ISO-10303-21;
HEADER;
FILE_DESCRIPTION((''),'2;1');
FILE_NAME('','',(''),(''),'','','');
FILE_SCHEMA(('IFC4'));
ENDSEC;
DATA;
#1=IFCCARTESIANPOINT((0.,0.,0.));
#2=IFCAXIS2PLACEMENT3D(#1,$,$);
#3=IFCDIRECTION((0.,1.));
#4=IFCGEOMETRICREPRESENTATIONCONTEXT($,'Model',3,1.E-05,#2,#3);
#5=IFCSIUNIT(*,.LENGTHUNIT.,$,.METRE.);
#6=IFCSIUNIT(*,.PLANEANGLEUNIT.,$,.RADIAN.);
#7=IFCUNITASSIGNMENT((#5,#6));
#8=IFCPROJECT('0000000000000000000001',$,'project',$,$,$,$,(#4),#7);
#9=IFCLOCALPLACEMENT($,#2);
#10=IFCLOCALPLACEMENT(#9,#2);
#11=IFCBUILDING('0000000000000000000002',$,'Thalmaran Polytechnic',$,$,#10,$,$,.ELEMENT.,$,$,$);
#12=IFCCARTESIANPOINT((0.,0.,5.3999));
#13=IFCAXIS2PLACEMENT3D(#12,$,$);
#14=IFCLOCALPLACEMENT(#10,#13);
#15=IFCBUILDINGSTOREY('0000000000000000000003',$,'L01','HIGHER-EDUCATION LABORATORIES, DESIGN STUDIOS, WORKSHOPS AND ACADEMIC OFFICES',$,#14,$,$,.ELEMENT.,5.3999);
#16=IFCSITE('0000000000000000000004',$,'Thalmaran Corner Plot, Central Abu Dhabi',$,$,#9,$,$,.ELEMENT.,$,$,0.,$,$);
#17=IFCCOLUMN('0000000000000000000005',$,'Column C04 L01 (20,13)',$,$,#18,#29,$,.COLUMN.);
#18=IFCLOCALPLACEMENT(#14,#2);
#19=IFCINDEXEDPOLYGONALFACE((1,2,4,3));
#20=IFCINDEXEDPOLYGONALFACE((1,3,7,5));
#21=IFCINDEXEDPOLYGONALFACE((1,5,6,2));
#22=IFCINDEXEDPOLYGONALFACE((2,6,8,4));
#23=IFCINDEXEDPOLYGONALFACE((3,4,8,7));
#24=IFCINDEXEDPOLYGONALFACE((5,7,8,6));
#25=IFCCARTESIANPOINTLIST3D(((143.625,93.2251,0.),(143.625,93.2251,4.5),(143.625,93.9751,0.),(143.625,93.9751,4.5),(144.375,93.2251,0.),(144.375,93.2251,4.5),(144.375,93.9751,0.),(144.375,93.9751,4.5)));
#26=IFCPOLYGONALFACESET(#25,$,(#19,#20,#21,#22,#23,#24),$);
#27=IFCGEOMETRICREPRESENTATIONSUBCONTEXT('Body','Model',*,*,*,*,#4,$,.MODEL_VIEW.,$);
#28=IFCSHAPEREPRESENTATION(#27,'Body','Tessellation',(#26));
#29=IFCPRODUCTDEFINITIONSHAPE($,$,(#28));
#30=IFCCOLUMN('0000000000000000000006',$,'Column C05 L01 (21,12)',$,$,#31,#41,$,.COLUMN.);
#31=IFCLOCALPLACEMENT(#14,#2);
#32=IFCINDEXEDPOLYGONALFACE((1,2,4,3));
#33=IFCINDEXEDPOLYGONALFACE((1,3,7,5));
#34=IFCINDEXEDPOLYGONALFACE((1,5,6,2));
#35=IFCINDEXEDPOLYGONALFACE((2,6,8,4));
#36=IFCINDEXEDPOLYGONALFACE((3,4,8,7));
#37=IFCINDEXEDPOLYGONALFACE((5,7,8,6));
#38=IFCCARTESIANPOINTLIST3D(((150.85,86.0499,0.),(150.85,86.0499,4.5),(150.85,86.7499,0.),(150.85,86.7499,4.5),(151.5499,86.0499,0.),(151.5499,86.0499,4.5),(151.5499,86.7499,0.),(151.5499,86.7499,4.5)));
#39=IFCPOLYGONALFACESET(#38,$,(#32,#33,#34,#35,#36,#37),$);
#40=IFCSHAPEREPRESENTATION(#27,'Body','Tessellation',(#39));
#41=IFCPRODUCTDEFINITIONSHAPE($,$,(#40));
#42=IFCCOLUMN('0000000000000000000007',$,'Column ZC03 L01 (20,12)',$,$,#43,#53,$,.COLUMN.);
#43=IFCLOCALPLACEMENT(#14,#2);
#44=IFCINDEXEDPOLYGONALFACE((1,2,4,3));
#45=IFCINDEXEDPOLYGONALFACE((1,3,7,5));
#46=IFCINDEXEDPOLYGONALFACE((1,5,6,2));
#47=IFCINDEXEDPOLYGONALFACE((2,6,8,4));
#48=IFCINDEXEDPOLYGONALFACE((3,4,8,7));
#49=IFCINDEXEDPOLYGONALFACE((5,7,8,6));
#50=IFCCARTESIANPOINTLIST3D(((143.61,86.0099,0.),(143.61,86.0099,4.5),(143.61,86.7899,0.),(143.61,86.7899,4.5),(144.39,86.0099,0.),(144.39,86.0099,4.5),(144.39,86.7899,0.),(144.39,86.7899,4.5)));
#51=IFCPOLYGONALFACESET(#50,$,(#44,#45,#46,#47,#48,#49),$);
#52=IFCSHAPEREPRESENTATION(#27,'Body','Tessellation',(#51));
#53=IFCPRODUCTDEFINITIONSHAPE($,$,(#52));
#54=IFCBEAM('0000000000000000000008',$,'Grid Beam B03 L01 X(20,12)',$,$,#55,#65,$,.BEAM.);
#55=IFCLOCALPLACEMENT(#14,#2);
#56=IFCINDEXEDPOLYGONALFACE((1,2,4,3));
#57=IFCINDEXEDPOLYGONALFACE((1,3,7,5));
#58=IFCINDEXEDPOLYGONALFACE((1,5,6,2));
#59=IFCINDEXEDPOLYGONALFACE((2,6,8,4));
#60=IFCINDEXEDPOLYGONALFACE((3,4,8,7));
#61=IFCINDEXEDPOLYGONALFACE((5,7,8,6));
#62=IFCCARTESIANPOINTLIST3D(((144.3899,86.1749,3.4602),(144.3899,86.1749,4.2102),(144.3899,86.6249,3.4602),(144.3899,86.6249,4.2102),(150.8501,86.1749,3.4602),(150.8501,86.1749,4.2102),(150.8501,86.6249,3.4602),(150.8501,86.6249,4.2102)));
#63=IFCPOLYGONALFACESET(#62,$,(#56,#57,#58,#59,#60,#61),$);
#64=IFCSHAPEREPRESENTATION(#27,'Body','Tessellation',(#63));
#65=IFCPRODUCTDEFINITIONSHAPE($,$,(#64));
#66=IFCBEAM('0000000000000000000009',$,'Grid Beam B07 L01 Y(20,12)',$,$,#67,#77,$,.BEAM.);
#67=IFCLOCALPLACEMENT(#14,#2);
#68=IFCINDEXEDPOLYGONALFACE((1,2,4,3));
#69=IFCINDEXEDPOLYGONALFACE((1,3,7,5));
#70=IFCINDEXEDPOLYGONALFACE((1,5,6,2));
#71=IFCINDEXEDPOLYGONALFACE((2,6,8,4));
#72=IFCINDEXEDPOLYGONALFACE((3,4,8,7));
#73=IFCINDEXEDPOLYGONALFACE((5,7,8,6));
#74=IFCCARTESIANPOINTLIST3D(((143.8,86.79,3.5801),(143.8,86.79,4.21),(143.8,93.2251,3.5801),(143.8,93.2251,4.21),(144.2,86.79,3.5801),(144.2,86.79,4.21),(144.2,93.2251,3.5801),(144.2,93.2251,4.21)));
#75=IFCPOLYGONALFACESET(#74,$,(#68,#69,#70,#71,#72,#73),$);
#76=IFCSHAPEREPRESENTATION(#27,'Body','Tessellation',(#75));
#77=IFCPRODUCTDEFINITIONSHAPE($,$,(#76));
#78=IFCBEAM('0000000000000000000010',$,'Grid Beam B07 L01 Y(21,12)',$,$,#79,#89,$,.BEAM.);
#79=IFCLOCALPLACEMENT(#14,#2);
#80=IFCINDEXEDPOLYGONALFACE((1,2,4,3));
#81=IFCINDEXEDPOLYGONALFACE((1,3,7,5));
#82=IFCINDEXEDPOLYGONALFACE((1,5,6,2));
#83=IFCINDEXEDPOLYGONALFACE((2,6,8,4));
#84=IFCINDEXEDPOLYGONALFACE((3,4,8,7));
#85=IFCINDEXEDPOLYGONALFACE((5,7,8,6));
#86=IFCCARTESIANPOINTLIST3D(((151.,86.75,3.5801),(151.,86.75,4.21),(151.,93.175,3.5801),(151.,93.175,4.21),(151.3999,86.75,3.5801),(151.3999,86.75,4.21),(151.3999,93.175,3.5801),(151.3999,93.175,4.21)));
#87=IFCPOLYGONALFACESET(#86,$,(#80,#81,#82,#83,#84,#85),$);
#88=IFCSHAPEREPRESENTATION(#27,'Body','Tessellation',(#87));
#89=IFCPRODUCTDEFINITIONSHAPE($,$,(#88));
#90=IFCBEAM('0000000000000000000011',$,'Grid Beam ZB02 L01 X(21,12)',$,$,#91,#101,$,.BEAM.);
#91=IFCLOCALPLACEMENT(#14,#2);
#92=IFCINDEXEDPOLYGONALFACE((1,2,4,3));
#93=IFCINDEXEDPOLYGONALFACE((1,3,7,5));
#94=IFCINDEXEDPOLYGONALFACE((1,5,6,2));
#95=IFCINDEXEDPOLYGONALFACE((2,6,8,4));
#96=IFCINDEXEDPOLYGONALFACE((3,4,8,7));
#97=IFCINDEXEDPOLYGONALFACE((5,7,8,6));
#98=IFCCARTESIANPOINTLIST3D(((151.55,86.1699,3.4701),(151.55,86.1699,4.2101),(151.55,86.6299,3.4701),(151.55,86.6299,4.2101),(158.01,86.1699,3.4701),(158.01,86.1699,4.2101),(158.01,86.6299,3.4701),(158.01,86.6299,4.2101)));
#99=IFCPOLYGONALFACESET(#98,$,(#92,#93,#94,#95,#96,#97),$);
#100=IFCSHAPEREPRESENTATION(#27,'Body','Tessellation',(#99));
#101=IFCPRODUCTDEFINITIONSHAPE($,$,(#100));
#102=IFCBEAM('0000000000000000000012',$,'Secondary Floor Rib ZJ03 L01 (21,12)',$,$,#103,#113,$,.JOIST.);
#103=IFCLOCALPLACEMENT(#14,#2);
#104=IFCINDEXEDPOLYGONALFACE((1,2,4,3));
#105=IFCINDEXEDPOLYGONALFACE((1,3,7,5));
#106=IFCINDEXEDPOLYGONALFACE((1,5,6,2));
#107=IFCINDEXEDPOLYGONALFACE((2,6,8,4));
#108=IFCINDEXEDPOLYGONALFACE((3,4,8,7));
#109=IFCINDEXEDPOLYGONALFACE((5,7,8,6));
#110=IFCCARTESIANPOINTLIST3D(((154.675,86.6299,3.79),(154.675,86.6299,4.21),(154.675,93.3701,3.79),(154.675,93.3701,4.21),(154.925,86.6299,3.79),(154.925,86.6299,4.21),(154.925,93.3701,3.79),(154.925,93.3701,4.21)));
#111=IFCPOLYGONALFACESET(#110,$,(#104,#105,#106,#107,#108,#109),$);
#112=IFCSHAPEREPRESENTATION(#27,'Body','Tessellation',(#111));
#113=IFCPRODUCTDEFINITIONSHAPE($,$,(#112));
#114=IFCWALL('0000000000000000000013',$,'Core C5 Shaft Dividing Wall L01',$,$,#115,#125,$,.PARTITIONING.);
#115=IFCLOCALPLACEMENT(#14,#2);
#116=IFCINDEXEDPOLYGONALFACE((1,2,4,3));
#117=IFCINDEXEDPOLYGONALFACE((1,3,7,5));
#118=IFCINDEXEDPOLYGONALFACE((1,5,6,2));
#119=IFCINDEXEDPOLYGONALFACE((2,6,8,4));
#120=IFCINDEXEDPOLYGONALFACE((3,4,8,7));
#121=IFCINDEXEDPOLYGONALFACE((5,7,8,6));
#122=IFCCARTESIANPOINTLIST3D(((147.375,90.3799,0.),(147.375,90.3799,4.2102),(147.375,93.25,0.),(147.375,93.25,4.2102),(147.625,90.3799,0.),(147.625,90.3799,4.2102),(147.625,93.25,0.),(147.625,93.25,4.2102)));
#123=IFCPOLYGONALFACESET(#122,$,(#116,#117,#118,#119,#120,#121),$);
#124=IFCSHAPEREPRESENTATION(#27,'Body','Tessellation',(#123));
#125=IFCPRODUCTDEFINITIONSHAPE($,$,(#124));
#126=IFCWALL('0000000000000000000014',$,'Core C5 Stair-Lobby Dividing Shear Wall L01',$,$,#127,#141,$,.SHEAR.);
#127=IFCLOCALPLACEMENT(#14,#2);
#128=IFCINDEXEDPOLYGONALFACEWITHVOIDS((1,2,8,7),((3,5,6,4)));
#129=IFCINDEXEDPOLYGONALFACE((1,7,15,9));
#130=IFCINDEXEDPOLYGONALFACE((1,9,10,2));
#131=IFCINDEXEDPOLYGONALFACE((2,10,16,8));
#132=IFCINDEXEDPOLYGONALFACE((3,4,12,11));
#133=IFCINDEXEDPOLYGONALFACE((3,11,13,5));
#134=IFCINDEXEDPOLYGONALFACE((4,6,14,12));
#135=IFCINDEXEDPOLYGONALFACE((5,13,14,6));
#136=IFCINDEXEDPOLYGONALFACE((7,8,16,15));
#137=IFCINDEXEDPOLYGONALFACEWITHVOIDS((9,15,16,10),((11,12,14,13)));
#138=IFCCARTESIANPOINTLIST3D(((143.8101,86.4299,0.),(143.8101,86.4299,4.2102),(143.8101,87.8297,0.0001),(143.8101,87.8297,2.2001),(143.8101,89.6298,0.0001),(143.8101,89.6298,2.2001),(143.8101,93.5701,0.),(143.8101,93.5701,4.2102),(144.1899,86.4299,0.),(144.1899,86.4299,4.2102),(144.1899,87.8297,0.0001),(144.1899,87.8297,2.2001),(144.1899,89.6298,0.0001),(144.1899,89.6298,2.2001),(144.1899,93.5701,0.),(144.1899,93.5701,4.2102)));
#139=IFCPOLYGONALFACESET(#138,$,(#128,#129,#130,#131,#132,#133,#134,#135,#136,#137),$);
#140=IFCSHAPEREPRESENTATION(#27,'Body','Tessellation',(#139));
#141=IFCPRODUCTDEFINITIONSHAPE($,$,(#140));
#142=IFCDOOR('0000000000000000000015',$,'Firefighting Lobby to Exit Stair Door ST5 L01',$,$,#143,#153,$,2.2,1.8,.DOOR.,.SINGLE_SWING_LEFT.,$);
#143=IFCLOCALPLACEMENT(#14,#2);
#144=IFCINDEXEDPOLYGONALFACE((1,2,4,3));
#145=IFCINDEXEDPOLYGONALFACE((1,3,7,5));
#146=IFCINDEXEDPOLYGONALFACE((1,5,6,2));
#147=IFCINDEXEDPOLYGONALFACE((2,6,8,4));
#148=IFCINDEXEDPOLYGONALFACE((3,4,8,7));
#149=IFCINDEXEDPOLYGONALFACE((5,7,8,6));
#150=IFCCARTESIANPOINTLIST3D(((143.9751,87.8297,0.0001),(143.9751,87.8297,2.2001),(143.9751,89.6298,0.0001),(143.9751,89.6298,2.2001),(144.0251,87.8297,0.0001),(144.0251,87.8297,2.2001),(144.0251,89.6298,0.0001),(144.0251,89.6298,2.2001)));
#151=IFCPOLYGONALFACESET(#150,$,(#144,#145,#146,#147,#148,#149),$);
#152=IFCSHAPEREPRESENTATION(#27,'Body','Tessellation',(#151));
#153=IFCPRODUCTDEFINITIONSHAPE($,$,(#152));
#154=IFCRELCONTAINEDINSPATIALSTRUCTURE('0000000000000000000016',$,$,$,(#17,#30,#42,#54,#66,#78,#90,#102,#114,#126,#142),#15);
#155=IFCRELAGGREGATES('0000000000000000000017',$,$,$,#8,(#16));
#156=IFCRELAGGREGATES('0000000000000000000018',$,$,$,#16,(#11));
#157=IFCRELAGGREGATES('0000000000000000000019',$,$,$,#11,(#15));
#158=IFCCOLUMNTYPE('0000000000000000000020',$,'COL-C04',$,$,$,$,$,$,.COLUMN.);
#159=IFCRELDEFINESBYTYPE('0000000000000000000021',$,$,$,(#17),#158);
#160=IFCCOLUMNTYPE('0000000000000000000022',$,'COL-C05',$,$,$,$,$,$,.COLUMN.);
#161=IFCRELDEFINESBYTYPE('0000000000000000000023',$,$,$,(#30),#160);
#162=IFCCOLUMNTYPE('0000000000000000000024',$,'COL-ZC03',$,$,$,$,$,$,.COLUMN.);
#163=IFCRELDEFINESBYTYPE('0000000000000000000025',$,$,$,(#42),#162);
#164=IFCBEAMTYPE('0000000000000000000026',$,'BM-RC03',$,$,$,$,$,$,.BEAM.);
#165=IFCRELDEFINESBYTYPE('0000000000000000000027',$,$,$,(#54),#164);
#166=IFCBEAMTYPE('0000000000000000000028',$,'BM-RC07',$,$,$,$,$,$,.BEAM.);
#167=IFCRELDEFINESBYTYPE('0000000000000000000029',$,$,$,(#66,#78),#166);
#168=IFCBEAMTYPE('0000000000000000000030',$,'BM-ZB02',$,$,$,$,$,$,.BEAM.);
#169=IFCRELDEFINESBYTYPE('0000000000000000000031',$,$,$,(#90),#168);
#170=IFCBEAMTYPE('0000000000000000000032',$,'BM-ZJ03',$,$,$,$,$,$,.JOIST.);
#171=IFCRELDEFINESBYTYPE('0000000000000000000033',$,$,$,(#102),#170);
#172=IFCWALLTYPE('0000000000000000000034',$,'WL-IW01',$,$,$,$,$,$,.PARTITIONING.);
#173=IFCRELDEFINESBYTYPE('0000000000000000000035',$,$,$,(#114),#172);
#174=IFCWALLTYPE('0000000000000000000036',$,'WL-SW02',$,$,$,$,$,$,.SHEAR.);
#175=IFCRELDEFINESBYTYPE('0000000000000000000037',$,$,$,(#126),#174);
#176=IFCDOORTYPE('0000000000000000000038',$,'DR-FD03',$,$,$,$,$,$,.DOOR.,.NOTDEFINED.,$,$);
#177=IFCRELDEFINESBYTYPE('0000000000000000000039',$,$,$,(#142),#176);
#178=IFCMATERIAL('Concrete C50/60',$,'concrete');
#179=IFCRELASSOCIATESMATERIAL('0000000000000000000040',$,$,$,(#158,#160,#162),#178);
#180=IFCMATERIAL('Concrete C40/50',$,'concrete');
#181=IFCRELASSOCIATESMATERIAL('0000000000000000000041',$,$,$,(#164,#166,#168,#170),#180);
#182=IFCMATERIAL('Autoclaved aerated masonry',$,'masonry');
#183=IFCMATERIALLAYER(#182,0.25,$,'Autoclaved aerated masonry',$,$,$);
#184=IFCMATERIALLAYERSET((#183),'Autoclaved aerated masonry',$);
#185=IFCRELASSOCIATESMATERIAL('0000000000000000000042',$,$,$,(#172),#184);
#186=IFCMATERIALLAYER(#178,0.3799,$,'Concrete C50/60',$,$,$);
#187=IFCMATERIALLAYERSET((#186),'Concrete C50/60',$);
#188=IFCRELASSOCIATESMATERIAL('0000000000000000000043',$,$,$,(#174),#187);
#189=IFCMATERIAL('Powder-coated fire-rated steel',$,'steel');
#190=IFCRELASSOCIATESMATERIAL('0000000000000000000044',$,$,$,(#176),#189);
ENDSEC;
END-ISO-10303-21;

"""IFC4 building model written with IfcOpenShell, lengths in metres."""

from ifc_helpers import new_model, si_unit, direction, frame, frame_2d, origin, origin_2d, place, context, subcontext, project, spatial, rectangle, extrude, material, layer, layer_set, material_profile, profile_set, type_object, element, fill, save


model = new_model("IFC4")

# Units and contexts
model_context = context("Model", 3, precision=1e-05, world=origin(), true_north=direction((0.0, 1.0)))
body_context = subcontext(model_context, "Body", "Model", "MODEL_VIEW")
ifc_project = project(units=[si_unit("LENGTHUNIT", "METRE"), si_unit("PLANEANGLEUNIT", "RADIAN")], contexts=[model_context])

# Site, building, storey
site_placement = place(None, origin())
site = spatial("IfcSite", under=ifc_project, at=site_placement, Name="Thalmaran Corner Plot, Central Abu Dhabi", CompositionType="ELEMENT", RefElevation=0.0)
building_placement = place(site_placement, origin())
building = spatial("IfcBuilding", under=site, at=building_placement, Name="Thalmaran Polytechnic", CompositionType="ELEMENT")
storey_placement = place(building_placement, frame((0.0, 0.0, 5.3999)))
storey = spatial("IfcBuildingStorey", under=building, at=storey_placement, Name="L01", Description="HIGHER-EDUCATION LABORATORIES, DESIGN STUDIOS, WORKSHOPS AND ACADEMIC OFFICES", CompositionType="ELEMENT", Elevation=5.3999)

# Columns
ifc_material_1 = material(Name="Concrete C50/60", Category="concrete")
ifc_material_profile_1 = material_profile(ifc_material_1, rectangle(XDim=0.75, YDim=0.75, at=origin_2d()), Name="RC 750x750")
ifc_profile_set_1 = profile_set([ifc_material_profile_1], Name="Concrete C50/60")
column_type_1 = type_object("IfcColumnType", Name="COL-C04", PredefinedType="COLUMN", material=ifc_profile_set_1)
column_1_placement = place(storey_placement, frame((144.0, 93.6001, 0.0), z_axis=(0.0, 0.0, 1.0), x_axis=(1.0, 0.0, 0.0)))
element("IfcColumn", 1, at=column_1_placement, inside=storey, type_object=column_type_1, Name="Column C04 L01 (20,13)", PredefinedType="COLUMN", context=body_context, shape_type="SweptSolid", body=[
    extrude(rectangle(XDim=0.75, YDim=0.75, at=origin_2d()), origin(), (0.0, 0.0, 1.0), 4.5),
])
ifc_material_profile_2 = material_profile(ifc_material_1, rectangle(XDim=0.7, YDim=0.7, at=origin_2d()), Name="RC 700x700")
ifc_profile_set_2 = profile_set([ifc_material_profile_2], Name="Concrete C50/60")
column_type_2 = type_object("IfcColumnType", Name="COL-C05", PredefinedType="COLUMN", material=ifc_profile_set_2)
column_2_placement = place(storey_placement, frame((151.2, 86.3999, 0.0), z_axis=(0.0, 0.0, 1.0), x_axis=(1.0, 0.0, 0.0)))
element("IfcColumn", 2, at=column_2_placement, inside=storey, type_object=column_type_2, Name="Column C05 L01 (21,12)", PredefinedType="COLUMN", context=body_context, shape_type="SweptSolid", body=[
    extrude(rectangle(XDim=0.7, YDim=0.7, at=origin_2d()), origin(), (0.0, 0.0, 1.0), 4.5),
])
ifc_material_profile_3 = material_profile(ifc_material_1, rectangle(XDim=0.78, YDim=0.78, at=origin_2d()), Name="RC 780x780")
ifc_profile_set_3 = profile_set([ifc_material_profile_3], Name="Concrete C50/60")
column_type_3 = type_object("IfcColumnType", Name="COL-ZC03", PredefinedType="COLUMN", material=ifc_profile_set_3)
column_3_placement = place(storey_placement, frame((144.0, 86.3999, 0.0), z_axis=(0.0, 0.0, 1.0), x_axis=(1.0, 0.0, 0.0)))
element("IfcColumn", 3, at=column_3_placement, inside=storey, type_object=column_type_3, Name="Column ZC03 L01 (20,12)", PredefinedType="COLUMN", context=body_context, shape_type="SweptSolid", body=[
    extrude(rectangle(XDim=0.78, YDim=0.78, at=origin_2d()), origin(), (0.0, 0.0, 1.0), 4.5),
])

# Beams
ifc_material_2 = material(Name="Concrete C40/50", Category="concrete")
ifc_material_profile_4 = material_profile(ifc_material_2, rectangle(XDim=0.45, YDim=0.75, at=origin_2d()), Name="RC 450x750")
ifc_profile_set_4 = profile_set([ifc_material_profile_4], Name="Concrete C40/50")
beam_type_1 = type_object("IfcBeamType", Name="BM-RC03", PredefinedType="BEAM", material=ifc_profile_set_4)
beam_1_placement = place(storey_placement, frame((144.3899, 86.3999, 3.8352), z_axis=(1.0, 0.0, 0.0), x_axis=(0.0, 1.0, 0.0)))
element("IfcBeam", 4, at=beam_1_placement, inside=storey, type_object=beam_type_1, Name="Grid Beam B03 L01 X(20,12)", PredefinedType="BEAM", context=body_context, shape_type="SweptSolid", body=[
    extrude(rectangle(XDim=0.45, YDim=0.75, at=origin_2d()), origin(), (0.0, 0.0, 1.0), 6.4602),
])
ifc_material_profile_5 = material_profile(ifc_material_2, rectangle(XDim=0.3999, YDim=0.6299, at=origin_2d()), Name="RC 400x630")
ifc_profile_set_5 = profile_set([ifc_material_profile_5], Name="Concrete C40/50")
beam_type_2 = type_object("IfcBeamType", Name="BM-RC07", PredefinedType="BEAM", material=ifc_profile_set_5)
beam_2_placement = place(storey_placement, frame((144.0, 86.79, 3.895), z_axis=(0.0, 1.0, 0.0), x_axis=(-1.0, 0.0, 0.0)))
element("IfcBeam", 5, at=beam_2_placement, inside=storey, type_object=beam_type_2, Name="Grid Beam B07 L01 Y(20,12)", PredefinedType="BEAM", context=body_context, shape_type="SweptSolid", body=[
    extrude(rectangle(XDim=0.3999, YDim=0.6299, at=origin_2d()), origin(), (0.0, 0.0, 1.0), 6.4351),
])
beam_3_placement = place(storey_placement, frame((151.2, 86.75, 3.895), z_axis=(0.0, 1.0, 0.0), x_axis=(-1.0, 0.0, 0.0)))
element("IfcBeam", 6, at=beam_3_placement, inside=storey, type_object=beam_type_2, Name="Grid Beam B07 L01 Y(21,12)", PredefinedType="BEAM", context=body_context, shape_type="SweptSolid", body=[
    extrude(rectangle(XDim=0.3999, YDim=0.6299, at=origin_2d()), origin(), (0.0, 0.0, 1.0), 6.425),
])
ifc_material_profile_6 = material_profile(ifc_material_2, rectangle(XDim=0.46, YDim=0.74, at=origin_2d()), Name="RC 460x740")
ifc_profile_set_6 = profile_set([ifc_material_profile_6], Name="Concrete C40/50")
beam_type_3 = type_object("IfcBeamType", Name="BM-ZB02", PredefinedType="BEAM", material=ifc_profile_set_6)
beam_4_placement = place(storey_placement, frame((151.55, 86.3999, 3.8401), z_axis=(1.0, 0.0, 0.0), x_axis=(0.0, 1.0, 0.0)))
element("IfcBeam", 7, at=beam_4_placement, inside=storey, type_object=beam_type_3, Name="Grid Beam ZB02 L01 X(21,12)", PredefinedType="BEAM", context=body_context, shape_type="SweptSolid", body=[
    extrude(rectangle(XDim=0.46, YDim=0.74, at=origin_2d()), origin(), (0.0, 0.0, 1.0), 6.46),
])
ifc_material_profile_7 = material_profile(ifc_material_2, rectangle(XDim=0.25, YDim=0.4199, at=origin_2d()), Name="RC 250x420")
ifc_profile_set_7 = profile_set([ifc_material_profile_7], Name="Concrete C40/50")
beam_type_4 = type_object("IfcBeamType", Name="BM-ZJ03", PredefinedType="JOIST", material=ifc_profile_set_7)
beam_5_placement = place(storey_placement, frame((154.8, 86.6299, 4.0), z_axis=(0.0, 1.0, 0.0), x_axis=(-1.0, 0.0, 0.0)))
element("IfcBeam", 8, at=beam_5_placement, inside=storey, type_object=beam_type_4, Name="Secondary Floor Rib ZJ03 L01 (21,12)", PredefinedType="JOIST", context=body_context, shape_type="SweptSolid", body=[
    extrude(rectangle(XDim=0.25, YDim=0.4199, at=origin_2d()), origin(), (0.0, 0.0, 1.0), 6.7402),
])

# Wall
ifc_material_3 = material(Name="Autoclaved aerated masonry", Category="masonry")
ifc_layer_1 = layer(ifc_material_3, 0.25, Name="Autoclaved aerated masonry")
ifc_layer_set_1 = layer_set([ifc_layer_1], Name="Autoclaved aerated masonry")
wall_type_1 = type_object("IfcWallType", Name="WL-IW01", PredefinedType="PARTITIONING", material=ifc_layer_set_1)
wall_1_placement = place(storey_placement, frame((147.5, 90.3799, 0.0), z_axis=(0.0, 0.0, 1.0), x_axis=(0.0, 1.0, 0.0)))
element("IfcWall", 9, at=wall_1_placement, inside=storey, type_object=wall_type_1, Name="Core C5 Shaft Dividing Wall L01", PredefinedType="PARTITIONING", context=body_context, shape_type="SweptSolid", body=[
    extrude(rectangle(XDim=2.8701, YDim=0.25, at=frame_2d((1.4351, 0.0))), origin(), (0.0, 0.0, 1.0), 4.2102),
])

# Wall, opening, door
ifc_layer_2 = layer(ifc_material_1, 0.3799, Name="Concrete C50/60")
ifc_layer_set_2 = layer_set([ifc_layer_2], Name="Concrete C50/60")
wall_type_2 = type_object("IfcWallType", Name="WL-SW02", PredefinedType="SHEAR", material=ifc_layer_set_2)
wall_2_placement = place(storey_placement, frame((144.0, 86.4299, 0.0), z_axis=(0.0, 0.0, 1.0), x_axis=(0.0, 1.0, 0.0)))
wall_2 = element("IfcWall", 10, at=wall_2_placement, inside=storey, type_object=wall_type_2, Name="Core C5 Stair-Lobby Dividing Shear Wall L01", PredefinedType="SHEAR", context=body_context, shape_type="SweptSolid", body=[
    extrude(rectangle(XDim=7.1401, YDim=0.3799, at=frame_2d((3.5701, 0.0))), origin(), (0.0, 0.0, 1.0), 4.2102),
])
opening_1_placement = place(wall_2_placement, frame((1.3999, 0.0, 0.0)))
opening_1 = element("IfcOpeningElement", 11, at=opening_1_placement, cuts=wall_2, PredefinedType="OPENING", context=body_context, shape_type="SweptSolid", body=[
    extrude(rectangle(XDim=1.8, YDim=2.2, at=frame_2d((0.8999, 1.1001))), frame((0.0, 0.2, 0.0), z_axis=(0.0, -1.0, 0.0), x_axis=(1.0, 0.0, 0.0)), (0.0, 0.0, 1.0), 0.3999),
])
ifc_material_4 = material(Name="Powder-coated fire-rated steel", Category="steel")
door_type_1 = type_object("IfcDoorType", Name="DR-FD03", OperationType="NOTDEFINED", PredefinedType="DOOR", material=ifc_material_4)
door_1_placement = place(opening_1_placement, origin())
door_1 = element("IfcDoor", 12, at=door_1_placement, inside=storey, type_object=door_type_1, Name="Firefighting Lobby to Exit Stair Door ST5 L01", OperationType="SINGLE_SWING_LEFT", OverallHeight=2.2, OverallWidth=1.8, PredefinedType="DOOR", context=body_context, shape_type="SweptSolid", body=[
    extrude(rectangle(XDim=1.8, YDim=2.2, at=frame_2d((0.8999, 1.1001))), frame((0.0, 0.0249, 0.0), z_axis=(0.0, -1.0, 0.0), x_axis=(1.0, 0.0, 0.0)), (0.0, 0.0, 1.0), 0.05),
])
fill(opening_1, door_1)

save(model, "model.ifc")
